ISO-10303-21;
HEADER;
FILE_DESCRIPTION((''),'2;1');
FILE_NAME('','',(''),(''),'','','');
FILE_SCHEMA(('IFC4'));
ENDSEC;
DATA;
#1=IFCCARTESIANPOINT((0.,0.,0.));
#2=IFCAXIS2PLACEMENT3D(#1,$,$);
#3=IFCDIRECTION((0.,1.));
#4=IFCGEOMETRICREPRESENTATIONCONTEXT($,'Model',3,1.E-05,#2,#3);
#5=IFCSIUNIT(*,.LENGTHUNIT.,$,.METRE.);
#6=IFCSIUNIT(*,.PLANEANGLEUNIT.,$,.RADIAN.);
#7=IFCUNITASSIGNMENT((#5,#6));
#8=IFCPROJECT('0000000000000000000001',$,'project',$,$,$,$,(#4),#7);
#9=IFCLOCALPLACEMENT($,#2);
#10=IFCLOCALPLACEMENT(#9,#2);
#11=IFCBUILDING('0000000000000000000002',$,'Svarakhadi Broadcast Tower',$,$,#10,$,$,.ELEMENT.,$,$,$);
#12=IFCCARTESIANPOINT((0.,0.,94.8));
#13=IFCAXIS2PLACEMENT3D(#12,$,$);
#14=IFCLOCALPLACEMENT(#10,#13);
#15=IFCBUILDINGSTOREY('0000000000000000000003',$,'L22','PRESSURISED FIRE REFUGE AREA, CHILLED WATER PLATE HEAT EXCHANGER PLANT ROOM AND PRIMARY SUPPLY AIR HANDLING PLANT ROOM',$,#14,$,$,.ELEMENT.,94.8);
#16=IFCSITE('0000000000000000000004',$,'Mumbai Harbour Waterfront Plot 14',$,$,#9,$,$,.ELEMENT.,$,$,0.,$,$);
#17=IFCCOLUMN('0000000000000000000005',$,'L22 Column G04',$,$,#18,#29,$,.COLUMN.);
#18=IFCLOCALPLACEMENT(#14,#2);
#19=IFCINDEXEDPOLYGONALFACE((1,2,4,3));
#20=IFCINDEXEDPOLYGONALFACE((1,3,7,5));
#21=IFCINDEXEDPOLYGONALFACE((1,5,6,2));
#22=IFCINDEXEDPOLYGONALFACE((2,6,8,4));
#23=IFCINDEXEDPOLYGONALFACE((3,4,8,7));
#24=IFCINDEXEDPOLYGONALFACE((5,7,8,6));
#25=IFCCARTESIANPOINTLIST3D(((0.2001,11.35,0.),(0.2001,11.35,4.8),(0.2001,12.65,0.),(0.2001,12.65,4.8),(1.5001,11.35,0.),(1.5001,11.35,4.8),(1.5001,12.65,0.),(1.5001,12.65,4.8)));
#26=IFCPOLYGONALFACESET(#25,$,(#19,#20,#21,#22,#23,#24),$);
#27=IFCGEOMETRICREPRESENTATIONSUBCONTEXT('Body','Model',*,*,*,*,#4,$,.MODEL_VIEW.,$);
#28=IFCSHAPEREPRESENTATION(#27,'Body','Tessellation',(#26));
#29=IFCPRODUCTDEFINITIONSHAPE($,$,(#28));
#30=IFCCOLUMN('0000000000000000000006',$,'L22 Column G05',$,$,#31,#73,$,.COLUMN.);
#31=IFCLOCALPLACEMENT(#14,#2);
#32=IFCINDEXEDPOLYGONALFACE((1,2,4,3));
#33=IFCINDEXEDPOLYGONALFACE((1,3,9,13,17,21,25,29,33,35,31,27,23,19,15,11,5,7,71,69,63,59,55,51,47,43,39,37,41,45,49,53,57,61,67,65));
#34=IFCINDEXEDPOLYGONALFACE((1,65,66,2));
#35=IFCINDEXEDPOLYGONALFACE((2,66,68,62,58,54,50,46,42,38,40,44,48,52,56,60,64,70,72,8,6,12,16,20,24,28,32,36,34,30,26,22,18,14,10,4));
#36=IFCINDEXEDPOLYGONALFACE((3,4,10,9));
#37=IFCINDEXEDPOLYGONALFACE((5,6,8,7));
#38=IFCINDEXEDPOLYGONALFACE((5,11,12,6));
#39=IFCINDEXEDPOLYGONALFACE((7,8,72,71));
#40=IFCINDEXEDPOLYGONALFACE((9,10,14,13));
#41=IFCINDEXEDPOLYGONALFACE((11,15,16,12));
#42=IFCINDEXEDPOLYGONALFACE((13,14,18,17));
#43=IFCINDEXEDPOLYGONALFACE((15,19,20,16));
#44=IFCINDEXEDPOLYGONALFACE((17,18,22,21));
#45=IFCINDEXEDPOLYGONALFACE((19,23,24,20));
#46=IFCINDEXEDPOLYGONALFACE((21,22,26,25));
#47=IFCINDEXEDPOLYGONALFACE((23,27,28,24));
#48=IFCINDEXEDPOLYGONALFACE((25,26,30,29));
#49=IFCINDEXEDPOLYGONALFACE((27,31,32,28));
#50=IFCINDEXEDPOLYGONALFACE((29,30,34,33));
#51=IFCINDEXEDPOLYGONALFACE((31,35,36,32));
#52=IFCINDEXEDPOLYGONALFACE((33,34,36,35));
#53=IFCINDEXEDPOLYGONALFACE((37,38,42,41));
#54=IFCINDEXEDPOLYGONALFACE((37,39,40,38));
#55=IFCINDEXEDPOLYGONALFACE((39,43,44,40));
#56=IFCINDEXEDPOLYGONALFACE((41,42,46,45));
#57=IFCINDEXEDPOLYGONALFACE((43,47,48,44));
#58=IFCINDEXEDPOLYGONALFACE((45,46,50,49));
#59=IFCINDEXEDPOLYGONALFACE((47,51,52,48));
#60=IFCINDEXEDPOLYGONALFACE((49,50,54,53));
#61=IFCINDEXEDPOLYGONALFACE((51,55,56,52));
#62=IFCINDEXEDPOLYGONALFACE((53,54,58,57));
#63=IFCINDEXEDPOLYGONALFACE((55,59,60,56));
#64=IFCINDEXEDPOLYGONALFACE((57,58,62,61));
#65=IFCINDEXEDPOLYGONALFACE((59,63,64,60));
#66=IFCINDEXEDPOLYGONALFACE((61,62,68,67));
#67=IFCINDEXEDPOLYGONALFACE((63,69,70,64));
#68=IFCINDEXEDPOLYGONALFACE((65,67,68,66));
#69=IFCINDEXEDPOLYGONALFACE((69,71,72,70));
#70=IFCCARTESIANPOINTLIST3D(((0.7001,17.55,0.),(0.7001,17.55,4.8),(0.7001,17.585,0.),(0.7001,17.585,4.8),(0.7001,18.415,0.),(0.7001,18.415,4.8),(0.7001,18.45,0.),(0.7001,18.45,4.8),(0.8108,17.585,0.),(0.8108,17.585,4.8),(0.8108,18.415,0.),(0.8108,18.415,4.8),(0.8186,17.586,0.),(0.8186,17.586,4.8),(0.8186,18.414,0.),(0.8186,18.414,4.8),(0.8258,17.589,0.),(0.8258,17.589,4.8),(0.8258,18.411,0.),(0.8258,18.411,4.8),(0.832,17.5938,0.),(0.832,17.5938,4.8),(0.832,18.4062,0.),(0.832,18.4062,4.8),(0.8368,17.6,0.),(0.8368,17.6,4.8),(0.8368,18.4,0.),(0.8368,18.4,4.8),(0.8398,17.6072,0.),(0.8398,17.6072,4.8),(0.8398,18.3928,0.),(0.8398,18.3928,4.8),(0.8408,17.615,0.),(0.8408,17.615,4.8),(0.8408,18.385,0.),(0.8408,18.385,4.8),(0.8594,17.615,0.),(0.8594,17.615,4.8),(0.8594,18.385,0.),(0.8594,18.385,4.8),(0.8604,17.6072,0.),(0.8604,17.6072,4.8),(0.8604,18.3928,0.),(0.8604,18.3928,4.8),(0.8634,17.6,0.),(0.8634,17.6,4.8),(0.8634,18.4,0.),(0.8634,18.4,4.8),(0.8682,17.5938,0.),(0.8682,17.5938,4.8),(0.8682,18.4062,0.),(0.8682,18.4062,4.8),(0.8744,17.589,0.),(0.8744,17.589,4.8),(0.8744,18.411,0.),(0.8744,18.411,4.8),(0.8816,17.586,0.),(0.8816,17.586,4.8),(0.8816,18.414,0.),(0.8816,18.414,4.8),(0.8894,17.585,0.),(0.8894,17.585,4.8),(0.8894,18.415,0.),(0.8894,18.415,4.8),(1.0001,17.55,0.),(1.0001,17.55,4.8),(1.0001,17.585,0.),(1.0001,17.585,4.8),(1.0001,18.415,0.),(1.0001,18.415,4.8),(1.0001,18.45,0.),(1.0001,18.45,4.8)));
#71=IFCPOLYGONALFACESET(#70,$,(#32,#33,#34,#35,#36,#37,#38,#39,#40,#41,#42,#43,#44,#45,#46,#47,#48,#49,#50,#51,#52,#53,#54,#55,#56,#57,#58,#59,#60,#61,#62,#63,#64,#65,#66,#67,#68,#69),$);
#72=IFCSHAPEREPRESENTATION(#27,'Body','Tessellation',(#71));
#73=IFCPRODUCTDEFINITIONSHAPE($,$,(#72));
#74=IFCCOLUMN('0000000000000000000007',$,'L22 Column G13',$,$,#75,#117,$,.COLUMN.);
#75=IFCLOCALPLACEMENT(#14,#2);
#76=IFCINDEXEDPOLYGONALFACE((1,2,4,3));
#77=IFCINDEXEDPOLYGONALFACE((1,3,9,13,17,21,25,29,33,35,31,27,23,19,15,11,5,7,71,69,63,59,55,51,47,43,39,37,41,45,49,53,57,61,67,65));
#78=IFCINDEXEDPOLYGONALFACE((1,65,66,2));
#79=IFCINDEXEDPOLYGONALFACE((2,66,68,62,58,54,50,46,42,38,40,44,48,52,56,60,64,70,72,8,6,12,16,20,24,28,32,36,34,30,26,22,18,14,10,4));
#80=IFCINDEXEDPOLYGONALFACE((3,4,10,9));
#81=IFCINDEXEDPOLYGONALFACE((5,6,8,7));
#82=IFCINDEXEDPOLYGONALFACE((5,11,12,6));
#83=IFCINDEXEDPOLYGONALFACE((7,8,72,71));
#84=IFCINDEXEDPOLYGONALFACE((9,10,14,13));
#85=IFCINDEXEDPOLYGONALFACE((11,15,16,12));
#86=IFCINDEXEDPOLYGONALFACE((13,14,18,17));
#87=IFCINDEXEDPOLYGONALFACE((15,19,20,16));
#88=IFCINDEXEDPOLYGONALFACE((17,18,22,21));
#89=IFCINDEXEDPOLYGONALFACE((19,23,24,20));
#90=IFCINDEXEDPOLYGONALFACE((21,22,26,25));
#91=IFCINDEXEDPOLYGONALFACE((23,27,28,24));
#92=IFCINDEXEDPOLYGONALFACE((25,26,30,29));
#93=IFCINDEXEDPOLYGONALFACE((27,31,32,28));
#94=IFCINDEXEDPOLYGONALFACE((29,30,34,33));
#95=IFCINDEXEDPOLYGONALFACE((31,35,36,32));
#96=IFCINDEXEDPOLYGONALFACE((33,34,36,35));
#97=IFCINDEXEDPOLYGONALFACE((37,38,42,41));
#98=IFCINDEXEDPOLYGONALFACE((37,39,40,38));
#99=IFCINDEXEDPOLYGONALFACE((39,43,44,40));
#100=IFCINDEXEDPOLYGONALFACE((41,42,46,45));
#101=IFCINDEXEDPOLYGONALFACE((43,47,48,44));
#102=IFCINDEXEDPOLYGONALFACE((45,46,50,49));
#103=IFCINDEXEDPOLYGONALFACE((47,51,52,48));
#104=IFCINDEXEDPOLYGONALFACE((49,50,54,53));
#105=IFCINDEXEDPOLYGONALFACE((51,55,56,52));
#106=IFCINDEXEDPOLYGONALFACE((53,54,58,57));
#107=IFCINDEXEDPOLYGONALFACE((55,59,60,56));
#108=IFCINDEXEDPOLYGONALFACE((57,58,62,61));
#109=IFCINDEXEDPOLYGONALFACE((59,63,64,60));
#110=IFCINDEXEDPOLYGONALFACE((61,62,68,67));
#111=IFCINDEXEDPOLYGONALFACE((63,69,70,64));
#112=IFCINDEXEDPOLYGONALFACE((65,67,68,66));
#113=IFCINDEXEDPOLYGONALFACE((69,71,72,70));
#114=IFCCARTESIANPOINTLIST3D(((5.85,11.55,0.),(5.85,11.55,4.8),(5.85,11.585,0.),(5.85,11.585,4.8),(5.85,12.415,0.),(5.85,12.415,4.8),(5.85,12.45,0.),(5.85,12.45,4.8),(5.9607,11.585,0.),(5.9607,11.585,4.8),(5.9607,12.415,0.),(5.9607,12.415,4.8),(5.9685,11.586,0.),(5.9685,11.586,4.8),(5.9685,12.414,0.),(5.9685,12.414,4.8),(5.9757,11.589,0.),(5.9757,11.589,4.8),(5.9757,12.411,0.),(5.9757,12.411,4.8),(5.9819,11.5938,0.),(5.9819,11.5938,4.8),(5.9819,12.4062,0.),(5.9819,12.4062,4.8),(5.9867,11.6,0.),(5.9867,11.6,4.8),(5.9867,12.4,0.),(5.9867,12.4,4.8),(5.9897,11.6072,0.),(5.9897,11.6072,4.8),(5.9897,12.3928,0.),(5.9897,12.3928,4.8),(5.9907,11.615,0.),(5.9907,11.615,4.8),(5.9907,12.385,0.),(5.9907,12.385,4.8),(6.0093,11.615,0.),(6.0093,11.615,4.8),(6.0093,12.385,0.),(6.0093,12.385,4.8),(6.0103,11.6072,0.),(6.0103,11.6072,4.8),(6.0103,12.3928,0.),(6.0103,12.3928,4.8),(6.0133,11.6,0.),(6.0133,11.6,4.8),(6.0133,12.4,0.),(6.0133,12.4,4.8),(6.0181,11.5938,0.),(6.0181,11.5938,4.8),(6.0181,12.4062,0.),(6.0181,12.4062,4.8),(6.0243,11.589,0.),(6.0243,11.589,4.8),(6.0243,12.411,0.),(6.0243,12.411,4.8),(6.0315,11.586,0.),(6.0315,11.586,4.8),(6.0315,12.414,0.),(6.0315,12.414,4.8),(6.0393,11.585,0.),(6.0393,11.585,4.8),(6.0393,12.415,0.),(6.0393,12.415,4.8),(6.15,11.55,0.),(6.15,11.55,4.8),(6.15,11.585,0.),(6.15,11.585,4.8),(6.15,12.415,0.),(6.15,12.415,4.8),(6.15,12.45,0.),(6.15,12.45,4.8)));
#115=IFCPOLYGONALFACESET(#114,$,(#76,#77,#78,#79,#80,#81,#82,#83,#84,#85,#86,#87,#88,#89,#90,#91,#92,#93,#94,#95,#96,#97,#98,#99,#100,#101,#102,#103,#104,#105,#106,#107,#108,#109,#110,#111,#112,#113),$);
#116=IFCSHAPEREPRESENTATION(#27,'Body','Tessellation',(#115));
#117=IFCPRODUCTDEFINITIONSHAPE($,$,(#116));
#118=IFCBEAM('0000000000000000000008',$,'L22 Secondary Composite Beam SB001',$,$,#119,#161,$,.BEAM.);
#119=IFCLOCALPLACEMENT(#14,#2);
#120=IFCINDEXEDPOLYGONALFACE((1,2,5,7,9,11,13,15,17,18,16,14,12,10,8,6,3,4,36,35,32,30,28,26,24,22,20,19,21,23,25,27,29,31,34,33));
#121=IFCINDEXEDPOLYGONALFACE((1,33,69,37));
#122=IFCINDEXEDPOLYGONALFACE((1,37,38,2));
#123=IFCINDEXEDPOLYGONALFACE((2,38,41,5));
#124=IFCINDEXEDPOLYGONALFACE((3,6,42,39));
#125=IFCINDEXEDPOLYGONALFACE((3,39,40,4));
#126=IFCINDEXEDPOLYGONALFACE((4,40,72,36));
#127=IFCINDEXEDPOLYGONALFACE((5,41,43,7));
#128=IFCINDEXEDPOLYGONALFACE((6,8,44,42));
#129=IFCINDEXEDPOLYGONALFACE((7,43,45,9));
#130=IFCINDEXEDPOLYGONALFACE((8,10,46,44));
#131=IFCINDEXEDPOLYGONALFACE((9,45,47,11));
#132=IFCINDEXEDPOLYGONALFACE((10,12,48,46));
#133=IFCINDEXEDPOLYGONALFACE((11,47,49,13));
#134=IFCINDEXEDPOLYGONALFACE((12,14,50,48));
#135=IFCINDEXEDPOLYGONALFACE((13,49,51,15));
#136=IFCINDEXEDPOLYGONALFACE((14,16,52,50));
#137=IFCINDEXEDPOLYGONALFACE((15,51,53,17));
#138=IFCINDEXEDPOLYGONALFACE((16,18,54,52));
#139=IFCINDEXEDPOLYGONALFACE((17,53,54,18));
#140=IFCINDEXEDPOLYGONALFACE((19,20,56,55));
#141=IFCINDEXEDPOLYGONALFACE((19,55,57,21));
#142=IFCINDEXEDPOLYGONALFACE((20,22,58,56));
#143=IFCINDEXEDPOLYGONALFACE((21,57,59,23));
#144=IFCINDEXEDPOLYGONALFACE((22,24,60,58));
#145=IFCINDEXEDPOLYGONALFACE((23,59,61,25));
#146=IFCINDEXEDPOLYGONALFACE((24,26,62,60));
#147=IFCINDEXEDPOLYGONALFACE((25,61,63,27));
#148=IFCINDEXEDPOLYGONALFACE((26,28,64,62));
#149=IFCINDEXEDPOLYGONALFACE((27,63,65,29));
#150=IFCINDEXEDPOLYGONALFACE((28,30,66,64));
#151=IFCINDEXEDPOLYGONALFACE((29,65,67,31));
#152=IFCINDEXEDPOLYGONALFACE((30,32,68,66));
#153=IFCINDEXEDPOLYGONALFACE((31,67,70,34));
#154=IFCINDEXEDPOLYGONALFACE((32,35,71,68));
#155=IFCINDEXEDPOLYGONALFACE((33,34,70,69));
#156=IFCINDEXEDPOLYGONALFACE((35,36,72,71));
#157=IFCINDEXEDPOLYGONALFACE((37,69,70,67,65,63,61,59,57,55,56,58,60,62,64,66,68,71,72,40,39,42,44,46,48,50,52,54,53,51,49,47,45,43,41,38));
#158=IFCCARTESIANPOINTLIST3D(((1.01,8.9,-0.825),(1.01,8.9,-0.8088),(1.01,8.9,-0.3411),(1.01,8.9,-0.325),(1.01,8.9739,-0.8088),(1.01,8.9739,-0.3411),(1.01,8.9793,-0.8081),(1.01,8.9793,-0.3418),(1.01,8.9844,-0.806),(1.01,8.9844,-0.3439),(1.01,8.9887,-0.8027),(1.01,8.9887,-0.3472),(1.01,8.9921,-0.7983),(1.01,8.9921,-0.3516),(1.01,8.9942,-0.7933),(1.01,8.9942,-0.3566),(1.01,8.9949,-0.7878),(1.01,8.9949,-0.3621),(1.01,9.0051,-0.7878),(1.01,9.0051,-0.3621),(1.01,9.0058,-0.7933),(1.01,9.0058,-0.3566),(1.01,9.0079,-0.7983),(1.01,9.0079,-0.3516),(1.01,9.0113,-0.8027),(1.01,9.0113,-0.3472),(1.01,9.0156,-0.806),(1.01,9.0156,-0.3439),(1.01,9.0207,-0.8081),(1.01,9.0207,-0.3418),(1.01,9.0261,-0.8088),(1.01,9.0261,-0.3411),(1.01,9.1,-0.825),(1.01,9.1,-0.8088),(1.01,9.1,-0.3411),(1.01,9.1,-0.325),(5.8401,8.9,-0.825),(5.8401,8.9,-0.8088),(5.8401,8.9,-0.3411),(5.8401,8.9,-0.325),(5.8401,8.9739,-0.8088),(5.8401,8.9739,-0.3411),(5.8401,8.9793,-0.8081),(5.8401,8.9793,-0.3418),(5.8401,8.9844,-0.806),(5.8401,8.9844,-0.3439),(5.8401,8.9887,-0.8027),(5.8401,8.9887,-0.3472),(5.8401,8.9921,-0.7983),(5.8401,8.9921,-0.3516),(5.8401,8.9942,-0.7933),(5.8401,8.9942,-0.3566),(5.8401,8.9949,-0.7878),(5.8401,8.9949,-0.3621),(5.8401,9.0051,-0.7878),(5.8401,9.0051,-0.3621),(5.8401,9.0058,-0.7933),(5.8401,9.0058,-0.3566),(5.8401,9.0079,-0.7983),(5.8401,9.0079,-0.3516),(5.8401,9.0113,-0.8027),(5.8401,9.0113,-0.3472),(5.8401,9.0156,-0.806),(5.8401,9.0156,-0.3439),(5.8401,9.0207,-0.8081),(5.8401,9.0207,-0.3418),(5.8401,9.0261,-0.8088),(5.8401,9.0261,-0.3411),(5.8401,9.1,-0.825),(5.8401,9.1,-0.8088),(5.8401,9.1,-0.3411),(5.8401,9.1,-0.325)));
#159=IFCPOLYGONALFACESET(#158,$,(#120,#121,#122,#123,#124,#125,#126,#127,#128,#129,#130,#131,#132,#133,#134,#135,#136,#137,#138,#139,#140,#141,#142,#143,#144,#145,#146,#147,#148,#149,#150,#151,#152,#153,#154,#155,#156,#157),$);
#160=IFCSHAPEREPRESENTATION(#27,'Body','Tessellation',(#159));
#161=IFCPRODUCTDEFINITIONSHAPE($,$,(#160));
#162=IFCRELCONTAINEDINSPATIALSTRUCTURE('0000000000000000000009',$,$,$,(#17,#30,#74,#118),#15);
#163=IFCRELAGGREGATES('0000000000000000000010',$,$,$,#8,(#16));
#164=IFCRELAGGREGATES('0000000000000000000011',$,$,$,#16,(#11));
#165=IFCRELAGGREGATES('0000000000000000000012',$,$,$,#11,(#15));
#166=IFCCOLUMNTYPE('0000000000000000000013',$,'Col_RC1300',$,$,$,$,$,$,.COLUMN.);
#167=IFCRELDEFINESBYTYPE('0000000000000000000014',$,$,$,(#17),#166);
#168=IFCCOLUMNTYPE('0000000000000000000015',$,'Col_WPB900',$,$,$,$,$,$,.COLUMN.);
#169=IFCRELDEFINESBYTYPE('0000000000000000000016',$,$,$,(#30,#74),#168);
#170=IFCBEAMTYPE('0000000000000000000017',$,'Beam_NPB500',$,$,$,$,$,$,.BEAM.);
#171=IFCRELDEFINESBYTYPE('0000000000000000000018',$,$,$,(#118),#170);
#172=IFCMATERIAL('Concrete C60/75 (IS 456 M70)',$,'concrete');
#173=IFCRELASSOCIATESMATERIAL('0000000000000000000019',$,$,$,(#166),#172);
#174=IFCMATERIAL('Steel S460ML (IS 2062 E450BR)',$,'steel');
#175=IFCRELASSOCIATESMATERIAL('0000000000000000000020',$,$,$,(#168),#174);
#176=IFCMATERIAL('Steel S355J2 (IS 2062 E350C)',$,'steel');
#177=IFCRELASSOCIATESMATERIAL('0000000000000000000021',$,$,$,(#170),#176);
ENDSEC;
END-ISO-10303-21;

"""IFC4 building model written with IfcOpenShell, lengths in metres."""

from ifc_helpers import new_model, si_unit, direction, frame, origin, origin_2d, place, context, subcontext, project, spatial, rectangle, i_section, extrude, material, material_profile, profile_set, type_object, element, save


model = new_model("IFC4")

# Units and contexts
model_context = context("Model", 3, precision=1e-05, world=origin(), true_north=direction((0.0, 1.0)))
body_context = subcontext(model_context, "Body", "Model", "MODEL_VIEW")
ifc_project = project(units=[si_unit("LENGTHUNIT", "METRE"), si_unit("PLANEANGLEUNIT", "RADIAN")], contexts=[model_context])

# Site, building, storey
site_placement = place(None, origin())
site = spatial("IfcSite", under=ifc_project, at=site_placement, Name="Mumbai Harbour Waterfront Plot 14", CompositionType="ELEMENT", RefElevation=0.0)
building_placement = place(site_placement, origin())
building = spatial("IfcBuilding", under=site, at=building_placement, Name="Svarakhadi Broadcast Tower", CompositionType="ELEMENT")
storey_placement = place(building_placement, frame((0.0, 0.0, 94.8)))
storey = spatial("IfcBuildingStorey", under=building, at=storey_placement, Name="L22", Description="PRESSURISED FIRE REFUGE AREA, CHILLED WATER PLATE HEAT EXCHANGER PLANT ROOM AND PRIMARY SUPPLY AIR HANDLING PLANT ROOM", CompositionType="ELEMENT", Elevation=94.8)

# Columns
ifc_material_1 = material(Name="Concrete C60/75 (IS 456 M70)", Category="concrete")
ifc_material_profile_1 = material_profile(ifc_material_1, rectangle(XDim=1.3, YDim=1.3, at=origin_2d()), Name="RC 1300x1300")
ifc_profile_set_1 = profile_set([ifc_material_profile_1], Name="Concrete C60/75 (IS 456 M70)")
column_type_1 = type_object("IfcColumnType", Name="Col_RC1300", PredefinedType="COLUMN", material=ifc_profile_set_1)
column_placement = place(storey_placement, frame((0.8501, 12.0, 0.0), z_axis=(0.0, 0.0, 1.0), x_axis=(1.0, 0.0, 0.0)))
element("IfcColumn", 1, at=column_placement, inside=storey, type_object=column_type_1, Name="L22 Column G04", PredefinedType="COLUMN", context=body_context, shape_type="SweptSolid", body=[
    extrude(rectangle(XDim=1.3, YDim=1.3, at=origin_2d()), origin(), (0.0, 0.0, 1.0), 4.8),
])
ifc_material_2 = material(Name="Steel S460ML (IS 2062 E450BR)", Category="steel")
ifc_material_profile_2 = material_profile(ifc_material_2, i_section(OverallWidth=0.3, OverallDepth=0.8999, WebThickness=0.0186, FlangeThickness=0.0349, FilletRadius=0.03, at=origin_2d()), Name="WPB 900x300x291")
ifc_profile_set_2 = profile_set([ifc_material_profile_2], Name="Steel S460ML (IS 2062 E450BR)")
column_type_2 = type_object("IfcColumnType", Name="Col_WPB900", PredefinedType="COLUMN", material=ifc_profile_set_2)
for number, where, z_axis, x_axis, name in (
    (2, (0.8501, 18.0, 0.0), (0.0, 0.0, 1.0), (1.0, 0.0, 0.0), "L22 Column G05"),
    (3, (6.0, 12.0, 0.0), (0.0, 0.0, 1.0), (1.0, 0.0, 0.0), "L22 Column G13"),
):
    element("IfcColumn", number, at=place(storey_placement, frame(where, z_axis=z_axis, x_axis=x_axis)), inside=storey, type_object=column_type_2, Name=name, PredefinedType="COLUMN", context=body_context, shape_type="SweptSolid", body=[
        extrude(i_section(OverallWidth=0.3, OverallDepth=0.8999, WebThickness=0.0186, FlangeThickness=0.0349, FilletRadius=0.03, at=origin_2d()), origin(), (0.0, 0.0, 1.0), 4.8),
    ])

# Beam
ifc_material_3 = material(Name="Steel S355J2 (IS 2062 E350C)", Category="steel")
ifc_material_profile_3 = material_profile(ifc_material_3, i_section(OverallWidth=0.2, OverallDepth=0.5, WebThickness=0.0103, FlangeThickness=0.0161, FilletRadius=0.021, at=origin_2d()), Name="NPB 500x200x91")
ifc_profile_set_3 = profile_set([ifc_material_profile_3], Name="Steel S355J2 (IS 2062 E350C)")
beam_type_1 = type_object("IfcBeamType", Name="Beam_NPB500", PredefinedType="BEAM", material=ifc_profile_set_3)
for number, where, z_axis, x_axis, name in (
    (4, (1.01, 9.0, -0.575), (1.0, 0.0, 0.0), (0.0, 1.0, 0.0), "L22 Secondary Composite Beam SB001"),
):
    element("IfcBeam", number, at=place(storey_placement, frame(where, z_axis=z_axis, x_axis=x_axis)), inside=storey, type_object=beam_type_1, Name=name, PredefinedType="BEAM", context=body_context, shape_type="SweptSolid", body=[
        extrude(i_section(OverallWidth=0.2, OverallDepth=0.5, WebThickness=0.0103, FlangeThickness=0.0161, FilletRadius=0.021, at=origin_2d()), origin(), (0.0, 0.0, 1.0), 4.8301),
    ])

save(model, "model.ifc")
